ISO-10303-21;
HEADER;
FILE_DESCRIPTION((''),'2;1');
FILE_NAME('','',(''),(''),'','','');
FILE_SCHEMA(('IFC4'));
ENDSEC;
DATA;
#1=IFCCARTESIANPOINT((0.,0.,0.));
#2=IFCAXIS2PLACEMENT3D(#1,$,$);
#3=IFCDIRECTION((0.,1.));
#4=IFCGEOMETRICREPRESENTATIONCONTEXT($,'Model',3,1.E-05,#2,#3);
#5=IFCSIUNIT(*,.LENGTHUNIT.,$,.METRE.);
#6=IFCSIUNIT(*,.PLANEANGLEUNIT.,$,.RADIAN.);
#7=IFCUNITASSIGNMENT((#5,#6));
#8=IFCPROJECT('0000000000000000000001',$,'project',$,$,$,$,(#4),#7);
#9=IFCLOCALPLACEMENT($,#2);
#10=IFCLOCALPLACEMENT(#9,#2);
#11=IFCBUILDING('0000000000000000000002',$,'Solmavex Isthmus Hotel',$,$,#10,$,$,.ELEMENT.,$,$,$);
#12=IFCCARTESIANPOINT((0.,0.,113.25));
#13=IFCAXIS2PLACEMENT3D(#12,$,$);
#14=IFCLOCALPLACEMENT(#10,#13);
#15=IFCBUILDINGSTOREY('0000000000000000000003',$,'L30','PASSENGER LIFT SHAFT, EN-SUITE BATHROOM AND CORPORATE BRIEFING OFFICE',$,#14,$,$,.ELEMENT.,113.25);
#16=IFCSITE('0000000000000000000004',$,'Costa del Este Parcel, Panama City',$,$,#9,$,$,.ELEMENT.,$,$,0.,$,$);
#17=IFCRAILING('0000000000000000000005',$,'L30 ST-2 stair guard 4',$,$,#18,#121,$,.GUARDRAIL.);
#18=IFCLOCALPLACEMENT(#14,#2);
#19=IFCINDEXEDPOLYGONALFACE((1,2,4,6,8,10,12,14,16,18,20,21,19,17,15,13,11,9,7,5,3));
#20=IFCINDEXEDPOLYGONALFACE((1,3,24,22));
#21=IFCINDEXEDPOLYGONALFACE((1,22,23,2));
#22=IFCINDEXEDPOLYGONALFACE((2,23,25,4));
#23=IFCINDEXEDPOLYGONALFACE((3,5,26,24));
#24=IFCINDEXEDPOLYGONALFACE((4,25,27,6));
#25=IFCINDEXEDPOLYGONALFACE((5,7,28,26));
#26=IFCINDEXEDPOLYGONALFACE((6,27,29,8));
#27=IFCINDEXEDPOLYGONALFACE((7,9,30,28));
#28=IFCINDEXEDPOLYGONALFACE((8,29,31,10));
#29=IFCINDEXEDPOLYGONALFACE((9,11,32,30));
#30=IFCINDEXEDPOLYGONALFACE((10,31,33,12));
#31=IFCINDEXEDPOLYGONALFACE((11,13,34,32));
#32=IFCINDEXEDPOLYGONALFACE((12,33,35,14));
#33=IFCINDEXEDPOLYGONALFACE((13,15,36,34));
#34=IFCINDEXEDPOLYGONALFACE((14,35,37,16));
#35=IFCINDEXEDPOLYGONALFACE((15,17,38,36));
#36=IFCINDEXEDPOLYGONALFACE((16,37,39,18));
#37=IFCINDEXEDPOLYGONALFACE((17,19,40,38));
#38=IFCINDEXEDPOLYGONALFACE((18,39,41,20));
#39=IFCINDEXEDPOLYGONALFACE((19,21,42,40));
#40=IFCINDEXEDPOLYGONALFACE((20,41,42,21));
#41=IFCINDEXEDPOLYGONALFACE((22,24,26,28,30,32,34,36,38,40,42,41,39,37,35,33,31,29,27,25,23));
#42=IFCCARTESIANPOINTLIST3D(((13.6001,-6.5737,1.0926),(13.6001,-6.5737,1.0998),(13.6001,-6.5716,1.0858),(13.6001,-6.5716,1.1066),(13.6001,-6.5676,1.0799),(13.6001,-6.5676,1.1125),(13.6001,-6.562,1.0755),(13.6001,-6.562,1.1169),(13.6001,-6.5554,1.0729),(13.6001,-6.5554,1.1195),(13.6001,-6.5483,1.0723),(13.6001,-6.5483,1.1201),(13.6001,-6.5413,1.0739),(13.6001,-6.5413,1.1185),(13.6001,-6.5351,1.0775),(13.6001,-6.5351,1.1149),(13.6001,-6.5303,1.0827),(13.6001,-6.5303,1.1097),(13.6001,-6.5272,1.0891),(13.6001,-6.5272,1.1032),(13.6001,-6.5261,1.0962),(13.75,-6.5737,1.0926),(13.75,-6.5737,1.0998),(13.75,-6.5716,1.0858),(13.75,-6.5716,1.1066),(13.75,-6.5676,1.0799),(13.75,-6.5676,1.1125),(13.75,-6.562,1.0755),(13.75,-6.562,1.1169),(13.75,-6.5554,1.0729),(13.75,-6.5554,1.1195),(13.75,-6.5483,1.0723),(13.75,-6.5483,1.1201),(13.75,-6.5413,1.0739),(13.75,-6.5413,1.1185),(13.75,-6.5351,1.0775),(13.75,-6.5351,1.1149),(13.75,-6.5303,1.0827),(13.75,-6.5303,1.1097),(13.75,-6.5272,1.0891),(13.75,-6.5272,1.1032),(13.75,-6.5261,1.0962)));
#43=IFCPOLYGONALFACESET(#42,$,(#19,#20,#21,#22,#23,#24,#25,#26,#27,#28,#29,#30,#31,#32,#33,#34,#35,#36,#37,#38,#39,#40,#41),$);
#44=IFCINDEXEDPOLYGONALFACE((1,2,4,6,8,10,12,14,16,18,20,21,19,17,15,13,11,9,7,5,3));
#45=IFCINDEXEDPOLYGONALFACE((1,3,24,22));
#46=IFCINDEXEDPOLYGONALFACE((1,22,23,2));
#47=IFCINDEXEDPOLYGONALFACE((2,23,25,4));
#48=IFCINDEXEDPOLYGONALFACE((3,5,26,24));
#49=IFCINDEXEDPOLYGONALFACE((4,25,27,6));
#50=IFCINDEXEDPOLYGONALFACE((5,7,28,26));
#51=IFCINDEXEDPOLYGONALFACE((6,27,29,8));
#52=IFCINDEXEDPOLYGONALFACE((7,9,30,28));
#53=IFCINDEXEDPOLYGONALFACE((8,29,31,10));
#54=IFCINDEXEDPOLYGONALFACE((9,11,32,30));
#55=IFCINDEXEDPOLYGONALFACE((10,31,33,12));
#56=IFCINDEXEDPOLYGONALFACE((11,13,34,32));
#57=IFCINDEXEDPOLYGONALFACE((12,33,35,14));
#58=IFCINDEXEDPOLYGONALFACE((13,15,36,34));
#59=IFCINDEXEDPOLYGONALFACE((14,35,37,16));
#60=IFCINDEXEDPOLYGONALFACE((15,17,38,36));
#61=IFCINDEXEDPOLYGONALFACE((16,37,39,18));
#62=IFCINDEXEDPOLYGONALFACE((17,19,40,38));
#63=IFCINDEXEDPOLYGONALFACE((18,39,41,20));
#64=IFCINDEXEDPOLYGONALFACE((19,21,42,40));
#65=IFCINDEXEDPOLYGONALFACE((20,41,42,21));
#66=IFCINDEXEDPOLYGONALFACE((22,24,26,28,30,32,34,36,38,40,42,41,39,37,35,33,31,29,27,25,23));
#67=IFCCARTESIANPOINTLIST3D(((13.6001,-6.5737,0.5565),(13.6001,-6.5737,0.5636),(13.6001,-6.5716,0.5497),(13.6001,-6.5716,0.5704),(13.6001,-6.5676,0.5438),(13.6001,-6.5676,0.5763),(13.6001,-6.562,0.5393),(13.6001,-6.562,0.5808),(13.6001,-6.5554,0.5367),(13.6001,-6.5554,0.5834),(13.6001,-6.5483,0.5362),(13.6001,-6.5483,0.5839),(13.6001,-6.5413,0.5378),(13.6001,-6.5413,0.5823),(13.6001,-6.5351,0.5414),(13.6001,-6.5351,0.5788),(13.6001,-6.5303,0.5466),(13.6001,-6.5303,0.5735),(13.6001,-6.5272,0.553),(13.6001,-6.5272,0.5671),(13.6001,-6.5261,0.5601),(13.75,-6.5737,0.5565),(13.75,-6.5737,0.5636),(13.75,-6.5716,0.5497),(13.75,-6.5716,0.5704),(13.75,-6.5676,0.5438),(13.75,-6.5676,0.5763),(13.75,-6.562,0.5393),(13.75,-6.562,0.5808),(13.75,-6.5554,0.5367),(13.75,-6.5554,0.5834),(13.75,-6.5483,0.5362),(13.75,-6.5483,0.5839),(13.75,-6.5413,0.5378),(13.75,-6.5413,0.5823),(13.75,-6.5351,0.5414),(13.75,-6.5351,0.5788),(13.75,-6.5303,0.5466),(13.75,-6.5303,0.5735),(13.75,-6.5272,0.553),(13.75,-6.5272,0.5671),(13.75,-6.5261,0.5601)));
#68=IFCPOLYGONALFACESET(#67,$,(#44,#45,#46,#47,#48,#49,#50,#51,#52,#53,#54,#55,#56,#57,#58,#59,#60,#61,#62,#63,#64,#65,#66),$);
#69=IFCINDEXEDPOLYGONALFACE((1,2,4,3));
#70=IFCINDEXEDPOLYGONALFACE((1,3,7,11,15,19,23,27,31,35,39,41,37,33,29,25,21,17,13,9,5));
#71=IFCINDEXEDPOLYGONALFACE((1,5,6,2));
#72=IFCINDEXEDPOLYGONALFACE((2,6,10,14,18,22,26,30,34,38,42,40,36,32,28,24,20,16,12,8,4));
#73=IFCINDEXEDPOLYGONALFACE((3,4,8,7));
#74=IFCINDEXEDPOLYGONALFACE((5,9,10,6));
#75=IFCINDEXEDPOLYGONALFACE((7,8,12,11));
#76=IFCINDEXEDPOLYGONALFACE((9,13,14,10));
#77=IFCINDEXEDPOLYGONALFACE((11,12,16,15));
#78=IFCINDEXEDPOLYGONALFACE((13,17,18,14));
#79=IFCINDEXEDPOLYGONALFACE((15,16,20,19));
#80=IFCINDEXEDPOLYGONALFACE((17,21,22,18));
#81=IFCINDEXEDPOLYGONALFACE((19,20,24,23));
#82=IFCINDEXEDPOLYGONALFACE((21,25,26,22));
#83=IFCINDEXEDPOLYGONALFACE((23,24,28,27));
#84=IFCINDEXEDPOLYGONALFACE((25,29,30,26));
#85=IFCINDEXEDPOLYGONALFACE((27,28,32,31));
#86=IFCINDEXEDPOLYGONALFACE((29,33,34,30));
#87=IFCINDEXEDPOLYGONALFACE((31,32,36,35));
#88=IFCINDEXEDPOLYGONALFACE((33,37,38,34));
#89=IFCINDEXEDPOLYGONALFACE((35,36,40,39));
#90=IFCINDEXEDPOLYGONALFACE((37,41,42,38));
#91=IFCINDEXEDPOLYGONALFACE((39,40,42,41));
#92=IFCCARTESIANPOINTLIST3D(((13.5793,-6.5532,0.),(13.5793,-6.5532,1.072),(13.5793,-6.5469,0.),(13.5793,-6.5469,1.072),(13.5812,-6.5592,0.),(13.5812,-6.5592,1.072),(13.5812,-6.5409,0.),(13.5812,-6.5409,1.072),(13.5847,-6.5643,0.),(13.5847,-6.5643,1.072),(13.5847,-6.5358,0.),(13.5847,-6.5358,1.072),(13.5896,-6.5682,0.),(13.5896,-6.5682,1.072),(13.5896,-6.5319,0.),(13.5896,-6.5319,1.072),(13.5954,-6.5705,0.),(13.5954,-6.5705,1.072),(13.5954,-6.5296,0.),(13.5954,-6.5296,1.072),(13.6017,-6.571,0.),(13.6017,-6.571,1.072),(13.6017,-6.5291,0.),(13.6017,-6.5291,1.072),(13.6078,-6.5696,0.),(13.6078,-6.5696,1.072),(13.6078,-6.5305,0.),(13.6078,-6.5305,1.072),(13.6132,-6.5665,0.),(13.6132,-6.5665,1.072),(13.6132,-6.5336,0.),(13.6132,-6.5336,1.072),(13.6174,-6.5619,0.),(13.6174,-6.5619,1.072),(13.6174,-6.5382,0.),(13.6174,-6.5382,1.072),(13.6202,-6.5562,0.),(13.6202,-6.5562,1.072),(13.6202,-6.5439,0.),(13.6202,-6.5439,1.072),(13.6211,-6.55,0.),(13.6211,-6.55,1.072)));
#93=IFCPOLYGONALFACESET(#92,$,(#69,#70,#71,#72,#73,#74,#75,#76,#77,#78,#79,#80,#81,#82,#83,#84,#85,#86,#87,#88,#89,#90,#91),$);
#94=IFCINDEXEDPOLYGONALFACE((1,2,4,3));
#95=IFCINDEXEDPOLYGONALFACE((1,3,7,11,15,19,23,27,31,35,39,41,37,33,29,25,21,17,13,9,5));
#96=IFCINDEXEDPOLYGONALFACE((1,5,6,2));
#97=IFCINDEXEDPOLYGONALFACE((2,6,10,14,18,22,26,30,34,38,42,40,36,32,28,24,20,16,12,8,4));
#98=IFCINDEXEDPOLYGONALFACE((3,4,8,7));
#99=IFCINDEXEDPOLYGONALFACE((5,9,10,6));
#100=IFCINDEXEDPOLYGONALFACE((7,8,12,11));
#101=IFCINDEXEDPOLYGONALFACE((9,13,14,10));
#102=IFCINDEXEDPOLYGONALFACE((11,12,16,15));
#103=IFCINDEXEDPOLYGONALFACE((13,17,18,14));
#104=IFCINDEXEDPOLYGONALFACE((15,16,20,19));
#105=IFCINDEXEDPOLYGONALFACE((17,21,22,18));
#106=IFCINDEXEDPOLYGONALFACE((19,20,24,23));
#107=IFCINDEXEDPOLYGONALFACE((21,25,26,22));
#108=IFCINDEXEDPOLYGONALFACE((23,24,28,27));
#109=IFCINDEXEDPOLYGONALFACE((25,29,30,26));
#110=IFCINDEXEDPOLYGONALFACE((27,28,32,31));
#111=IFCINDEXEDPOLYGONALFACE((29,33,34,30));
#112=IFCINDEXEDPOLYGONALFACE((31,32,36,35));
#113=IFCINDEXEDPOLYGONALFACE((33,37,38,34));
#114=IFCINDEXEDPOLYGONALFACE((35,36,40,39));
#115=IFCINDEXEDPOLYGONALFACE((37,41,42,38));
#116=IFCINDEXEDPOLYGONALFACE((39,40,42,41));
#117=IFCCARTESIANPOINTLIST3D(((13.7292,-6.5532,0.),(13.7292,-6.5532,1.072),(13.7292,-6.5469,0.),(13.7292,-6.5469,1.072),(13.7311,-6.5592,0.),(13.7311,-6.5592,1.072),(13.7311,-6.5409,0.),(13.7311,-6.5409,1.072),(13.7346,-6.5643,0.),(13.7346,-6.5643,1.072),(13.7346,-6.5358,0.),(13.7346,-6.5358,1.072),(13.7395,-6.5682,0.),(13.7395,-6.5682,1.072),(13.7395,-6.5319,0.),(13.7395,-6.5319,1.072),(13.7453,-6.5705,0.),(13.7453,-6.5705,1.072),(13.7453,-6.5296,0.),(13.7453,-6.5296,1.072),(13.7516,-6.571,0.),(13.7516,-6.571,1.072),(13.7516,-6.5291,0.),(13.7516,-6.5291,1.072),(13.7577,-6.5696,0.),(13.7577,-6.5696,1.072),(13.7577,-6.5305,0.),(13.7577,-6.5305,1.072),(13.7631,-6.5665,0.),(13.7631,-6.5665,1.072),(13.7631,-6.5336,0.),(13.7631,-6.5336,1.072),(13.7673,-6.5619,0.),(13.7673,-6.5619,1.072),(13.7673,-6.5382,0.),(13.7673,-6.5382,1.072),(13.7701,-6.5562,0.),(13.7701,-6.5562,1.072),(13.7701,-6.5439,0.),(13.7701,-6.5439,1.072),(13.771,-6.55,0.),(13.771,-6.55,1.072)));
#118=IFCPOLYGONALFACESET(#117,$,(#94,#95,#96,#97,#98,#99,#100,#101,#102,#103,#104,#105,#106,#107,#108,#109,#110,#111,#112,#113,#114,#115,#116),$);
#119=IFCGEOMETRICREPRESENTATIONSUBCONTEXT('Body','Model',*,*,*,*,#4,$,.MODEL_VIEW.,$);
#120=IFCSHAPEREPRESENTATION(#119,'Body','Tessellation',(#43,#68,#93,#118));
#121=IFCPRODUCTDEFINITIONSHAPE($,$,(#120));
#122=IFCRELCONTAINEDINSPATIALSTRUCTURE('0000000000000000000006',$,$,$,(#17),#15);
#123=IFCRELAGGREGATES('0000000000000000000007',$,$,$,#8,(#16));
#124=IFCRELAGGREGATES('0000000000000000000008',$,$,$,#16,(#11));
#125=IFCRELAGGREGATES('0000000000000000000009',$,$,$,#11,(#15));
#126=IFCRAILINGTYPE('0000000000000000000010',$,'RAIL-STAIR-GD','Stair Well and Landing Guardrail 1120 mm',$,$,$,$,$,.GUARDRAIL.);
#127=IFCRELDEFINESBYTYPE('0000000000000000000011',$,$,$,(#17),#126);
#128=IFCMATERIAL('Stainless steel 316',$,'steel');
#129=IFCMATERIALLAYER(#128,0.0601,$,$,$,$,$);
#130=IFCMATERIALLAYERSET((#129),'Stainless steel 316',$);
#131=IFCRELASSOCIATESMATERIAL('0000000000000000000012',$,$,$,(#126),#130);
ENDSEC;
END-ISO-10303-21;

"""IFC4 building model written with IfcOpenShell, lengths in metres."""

from ifc_helpers import new_model, si_unit, direction, frame, origin, origin_2d, place, context, subcontext, project, spatial, circle, extrude, material, layer, layer_set, type_object, element, save


model = new_model("IFC4")

# Units and contexts
model_context = context("Model", 3, precision=1e-05, world=origin(), true_north=direction((0.0, 1.0)))
body_context = subcontext(model_context, "Body", "Model", "MODEL_VIEW")
ifc_project = project(units=[si_unit("LENGTHUNIT", "METRE"), si_unit("PLANEANGLEUNIT", "RADIAN")], contexts=[model_context])

# Site, building, storey
site_placement = place(None, origin())
site = spatial("IfcSite", under=ifc_project, at=site_placement, Name="Costa del Este Parcel, Panama City", CompositionType="ELEMENT", RefElevation=0.0)
building_placement = place(site_placement, origin())
building = spatial("IfcBuilding", under=site, at=building_placement, Name="Solmavex Isthmus Hotel", CompositionType="ELEMENT")
storey_placement = place(building_placement, frame((0.0, 0.0, 113.25)))
storey = spatial("IfcBuildingStorey", under=building, at=storey_placement, Name="L30", Description="PASSENGER LIFT SHAFT, EN-SUITE BATHROOM AND CORPORATE BRIEFING OFFICE", CompositionType="ELEMENT", Elevation=113.25)

# Shared definitions
ifc_material_1 = material(Name="Stainless steel 316", Category="steel")

# Railing
ifc_layer_1 = layer(ifc_material_1, 0.0601)
ifc_layer_set_1 = layer_set([ifc_layer_1], Name="Stainless steel 316")
railing_type_1 = type_object("IfcRailingType", Name="RAIL-STAIR-GD", Description="Stair Well and Landing Guardrail 1120 mm", PredefinedType="GUARDRAIL", material=ifc_layer_set_1)
railing_1_placement = place(storey_placement, frame((13.6001, -6.55, 0.0)))
element("IfcRailing", 1, at=railing_1_placement, inside=storey, type_object=railing_type_1, Name="L30 ST-2 stair guard 4", PredefinedType="GUARDRAIL", context=body_context, shape_type="SweptSolid", body=[
    extrude(circle(Radius=0.0239, at=origin_2d()), frame((0.0, 0.0, 1.0962), z_axis=(1.0, 0.0, 0.0), x_axis=(0.0, 1.0, 0.0)), (0.0, 0.0, 1.0), 0.1499),
    extrude(circle(Radius=0.0239, at=origin_2d()), frame((0.0, 0.0, 0.5601), z_axis=(1.0, 0.0, 0.0), x_axis=(0.0, 1.0, 0.0)), (0.0, 0.0, 1.0), 0.1499),
    extrude(circle(Radius=0.021, at=origin_2d()), origin(), (0.0, 0.0, 1.0), 1.072),
    extrude(circle(Radius=0.021, at=origin_2d()), frame((0.1499, 0.0, 0.0)), (0.0, 0.0, 1.0), 1.072),
])

save(model, "model.ifc")
